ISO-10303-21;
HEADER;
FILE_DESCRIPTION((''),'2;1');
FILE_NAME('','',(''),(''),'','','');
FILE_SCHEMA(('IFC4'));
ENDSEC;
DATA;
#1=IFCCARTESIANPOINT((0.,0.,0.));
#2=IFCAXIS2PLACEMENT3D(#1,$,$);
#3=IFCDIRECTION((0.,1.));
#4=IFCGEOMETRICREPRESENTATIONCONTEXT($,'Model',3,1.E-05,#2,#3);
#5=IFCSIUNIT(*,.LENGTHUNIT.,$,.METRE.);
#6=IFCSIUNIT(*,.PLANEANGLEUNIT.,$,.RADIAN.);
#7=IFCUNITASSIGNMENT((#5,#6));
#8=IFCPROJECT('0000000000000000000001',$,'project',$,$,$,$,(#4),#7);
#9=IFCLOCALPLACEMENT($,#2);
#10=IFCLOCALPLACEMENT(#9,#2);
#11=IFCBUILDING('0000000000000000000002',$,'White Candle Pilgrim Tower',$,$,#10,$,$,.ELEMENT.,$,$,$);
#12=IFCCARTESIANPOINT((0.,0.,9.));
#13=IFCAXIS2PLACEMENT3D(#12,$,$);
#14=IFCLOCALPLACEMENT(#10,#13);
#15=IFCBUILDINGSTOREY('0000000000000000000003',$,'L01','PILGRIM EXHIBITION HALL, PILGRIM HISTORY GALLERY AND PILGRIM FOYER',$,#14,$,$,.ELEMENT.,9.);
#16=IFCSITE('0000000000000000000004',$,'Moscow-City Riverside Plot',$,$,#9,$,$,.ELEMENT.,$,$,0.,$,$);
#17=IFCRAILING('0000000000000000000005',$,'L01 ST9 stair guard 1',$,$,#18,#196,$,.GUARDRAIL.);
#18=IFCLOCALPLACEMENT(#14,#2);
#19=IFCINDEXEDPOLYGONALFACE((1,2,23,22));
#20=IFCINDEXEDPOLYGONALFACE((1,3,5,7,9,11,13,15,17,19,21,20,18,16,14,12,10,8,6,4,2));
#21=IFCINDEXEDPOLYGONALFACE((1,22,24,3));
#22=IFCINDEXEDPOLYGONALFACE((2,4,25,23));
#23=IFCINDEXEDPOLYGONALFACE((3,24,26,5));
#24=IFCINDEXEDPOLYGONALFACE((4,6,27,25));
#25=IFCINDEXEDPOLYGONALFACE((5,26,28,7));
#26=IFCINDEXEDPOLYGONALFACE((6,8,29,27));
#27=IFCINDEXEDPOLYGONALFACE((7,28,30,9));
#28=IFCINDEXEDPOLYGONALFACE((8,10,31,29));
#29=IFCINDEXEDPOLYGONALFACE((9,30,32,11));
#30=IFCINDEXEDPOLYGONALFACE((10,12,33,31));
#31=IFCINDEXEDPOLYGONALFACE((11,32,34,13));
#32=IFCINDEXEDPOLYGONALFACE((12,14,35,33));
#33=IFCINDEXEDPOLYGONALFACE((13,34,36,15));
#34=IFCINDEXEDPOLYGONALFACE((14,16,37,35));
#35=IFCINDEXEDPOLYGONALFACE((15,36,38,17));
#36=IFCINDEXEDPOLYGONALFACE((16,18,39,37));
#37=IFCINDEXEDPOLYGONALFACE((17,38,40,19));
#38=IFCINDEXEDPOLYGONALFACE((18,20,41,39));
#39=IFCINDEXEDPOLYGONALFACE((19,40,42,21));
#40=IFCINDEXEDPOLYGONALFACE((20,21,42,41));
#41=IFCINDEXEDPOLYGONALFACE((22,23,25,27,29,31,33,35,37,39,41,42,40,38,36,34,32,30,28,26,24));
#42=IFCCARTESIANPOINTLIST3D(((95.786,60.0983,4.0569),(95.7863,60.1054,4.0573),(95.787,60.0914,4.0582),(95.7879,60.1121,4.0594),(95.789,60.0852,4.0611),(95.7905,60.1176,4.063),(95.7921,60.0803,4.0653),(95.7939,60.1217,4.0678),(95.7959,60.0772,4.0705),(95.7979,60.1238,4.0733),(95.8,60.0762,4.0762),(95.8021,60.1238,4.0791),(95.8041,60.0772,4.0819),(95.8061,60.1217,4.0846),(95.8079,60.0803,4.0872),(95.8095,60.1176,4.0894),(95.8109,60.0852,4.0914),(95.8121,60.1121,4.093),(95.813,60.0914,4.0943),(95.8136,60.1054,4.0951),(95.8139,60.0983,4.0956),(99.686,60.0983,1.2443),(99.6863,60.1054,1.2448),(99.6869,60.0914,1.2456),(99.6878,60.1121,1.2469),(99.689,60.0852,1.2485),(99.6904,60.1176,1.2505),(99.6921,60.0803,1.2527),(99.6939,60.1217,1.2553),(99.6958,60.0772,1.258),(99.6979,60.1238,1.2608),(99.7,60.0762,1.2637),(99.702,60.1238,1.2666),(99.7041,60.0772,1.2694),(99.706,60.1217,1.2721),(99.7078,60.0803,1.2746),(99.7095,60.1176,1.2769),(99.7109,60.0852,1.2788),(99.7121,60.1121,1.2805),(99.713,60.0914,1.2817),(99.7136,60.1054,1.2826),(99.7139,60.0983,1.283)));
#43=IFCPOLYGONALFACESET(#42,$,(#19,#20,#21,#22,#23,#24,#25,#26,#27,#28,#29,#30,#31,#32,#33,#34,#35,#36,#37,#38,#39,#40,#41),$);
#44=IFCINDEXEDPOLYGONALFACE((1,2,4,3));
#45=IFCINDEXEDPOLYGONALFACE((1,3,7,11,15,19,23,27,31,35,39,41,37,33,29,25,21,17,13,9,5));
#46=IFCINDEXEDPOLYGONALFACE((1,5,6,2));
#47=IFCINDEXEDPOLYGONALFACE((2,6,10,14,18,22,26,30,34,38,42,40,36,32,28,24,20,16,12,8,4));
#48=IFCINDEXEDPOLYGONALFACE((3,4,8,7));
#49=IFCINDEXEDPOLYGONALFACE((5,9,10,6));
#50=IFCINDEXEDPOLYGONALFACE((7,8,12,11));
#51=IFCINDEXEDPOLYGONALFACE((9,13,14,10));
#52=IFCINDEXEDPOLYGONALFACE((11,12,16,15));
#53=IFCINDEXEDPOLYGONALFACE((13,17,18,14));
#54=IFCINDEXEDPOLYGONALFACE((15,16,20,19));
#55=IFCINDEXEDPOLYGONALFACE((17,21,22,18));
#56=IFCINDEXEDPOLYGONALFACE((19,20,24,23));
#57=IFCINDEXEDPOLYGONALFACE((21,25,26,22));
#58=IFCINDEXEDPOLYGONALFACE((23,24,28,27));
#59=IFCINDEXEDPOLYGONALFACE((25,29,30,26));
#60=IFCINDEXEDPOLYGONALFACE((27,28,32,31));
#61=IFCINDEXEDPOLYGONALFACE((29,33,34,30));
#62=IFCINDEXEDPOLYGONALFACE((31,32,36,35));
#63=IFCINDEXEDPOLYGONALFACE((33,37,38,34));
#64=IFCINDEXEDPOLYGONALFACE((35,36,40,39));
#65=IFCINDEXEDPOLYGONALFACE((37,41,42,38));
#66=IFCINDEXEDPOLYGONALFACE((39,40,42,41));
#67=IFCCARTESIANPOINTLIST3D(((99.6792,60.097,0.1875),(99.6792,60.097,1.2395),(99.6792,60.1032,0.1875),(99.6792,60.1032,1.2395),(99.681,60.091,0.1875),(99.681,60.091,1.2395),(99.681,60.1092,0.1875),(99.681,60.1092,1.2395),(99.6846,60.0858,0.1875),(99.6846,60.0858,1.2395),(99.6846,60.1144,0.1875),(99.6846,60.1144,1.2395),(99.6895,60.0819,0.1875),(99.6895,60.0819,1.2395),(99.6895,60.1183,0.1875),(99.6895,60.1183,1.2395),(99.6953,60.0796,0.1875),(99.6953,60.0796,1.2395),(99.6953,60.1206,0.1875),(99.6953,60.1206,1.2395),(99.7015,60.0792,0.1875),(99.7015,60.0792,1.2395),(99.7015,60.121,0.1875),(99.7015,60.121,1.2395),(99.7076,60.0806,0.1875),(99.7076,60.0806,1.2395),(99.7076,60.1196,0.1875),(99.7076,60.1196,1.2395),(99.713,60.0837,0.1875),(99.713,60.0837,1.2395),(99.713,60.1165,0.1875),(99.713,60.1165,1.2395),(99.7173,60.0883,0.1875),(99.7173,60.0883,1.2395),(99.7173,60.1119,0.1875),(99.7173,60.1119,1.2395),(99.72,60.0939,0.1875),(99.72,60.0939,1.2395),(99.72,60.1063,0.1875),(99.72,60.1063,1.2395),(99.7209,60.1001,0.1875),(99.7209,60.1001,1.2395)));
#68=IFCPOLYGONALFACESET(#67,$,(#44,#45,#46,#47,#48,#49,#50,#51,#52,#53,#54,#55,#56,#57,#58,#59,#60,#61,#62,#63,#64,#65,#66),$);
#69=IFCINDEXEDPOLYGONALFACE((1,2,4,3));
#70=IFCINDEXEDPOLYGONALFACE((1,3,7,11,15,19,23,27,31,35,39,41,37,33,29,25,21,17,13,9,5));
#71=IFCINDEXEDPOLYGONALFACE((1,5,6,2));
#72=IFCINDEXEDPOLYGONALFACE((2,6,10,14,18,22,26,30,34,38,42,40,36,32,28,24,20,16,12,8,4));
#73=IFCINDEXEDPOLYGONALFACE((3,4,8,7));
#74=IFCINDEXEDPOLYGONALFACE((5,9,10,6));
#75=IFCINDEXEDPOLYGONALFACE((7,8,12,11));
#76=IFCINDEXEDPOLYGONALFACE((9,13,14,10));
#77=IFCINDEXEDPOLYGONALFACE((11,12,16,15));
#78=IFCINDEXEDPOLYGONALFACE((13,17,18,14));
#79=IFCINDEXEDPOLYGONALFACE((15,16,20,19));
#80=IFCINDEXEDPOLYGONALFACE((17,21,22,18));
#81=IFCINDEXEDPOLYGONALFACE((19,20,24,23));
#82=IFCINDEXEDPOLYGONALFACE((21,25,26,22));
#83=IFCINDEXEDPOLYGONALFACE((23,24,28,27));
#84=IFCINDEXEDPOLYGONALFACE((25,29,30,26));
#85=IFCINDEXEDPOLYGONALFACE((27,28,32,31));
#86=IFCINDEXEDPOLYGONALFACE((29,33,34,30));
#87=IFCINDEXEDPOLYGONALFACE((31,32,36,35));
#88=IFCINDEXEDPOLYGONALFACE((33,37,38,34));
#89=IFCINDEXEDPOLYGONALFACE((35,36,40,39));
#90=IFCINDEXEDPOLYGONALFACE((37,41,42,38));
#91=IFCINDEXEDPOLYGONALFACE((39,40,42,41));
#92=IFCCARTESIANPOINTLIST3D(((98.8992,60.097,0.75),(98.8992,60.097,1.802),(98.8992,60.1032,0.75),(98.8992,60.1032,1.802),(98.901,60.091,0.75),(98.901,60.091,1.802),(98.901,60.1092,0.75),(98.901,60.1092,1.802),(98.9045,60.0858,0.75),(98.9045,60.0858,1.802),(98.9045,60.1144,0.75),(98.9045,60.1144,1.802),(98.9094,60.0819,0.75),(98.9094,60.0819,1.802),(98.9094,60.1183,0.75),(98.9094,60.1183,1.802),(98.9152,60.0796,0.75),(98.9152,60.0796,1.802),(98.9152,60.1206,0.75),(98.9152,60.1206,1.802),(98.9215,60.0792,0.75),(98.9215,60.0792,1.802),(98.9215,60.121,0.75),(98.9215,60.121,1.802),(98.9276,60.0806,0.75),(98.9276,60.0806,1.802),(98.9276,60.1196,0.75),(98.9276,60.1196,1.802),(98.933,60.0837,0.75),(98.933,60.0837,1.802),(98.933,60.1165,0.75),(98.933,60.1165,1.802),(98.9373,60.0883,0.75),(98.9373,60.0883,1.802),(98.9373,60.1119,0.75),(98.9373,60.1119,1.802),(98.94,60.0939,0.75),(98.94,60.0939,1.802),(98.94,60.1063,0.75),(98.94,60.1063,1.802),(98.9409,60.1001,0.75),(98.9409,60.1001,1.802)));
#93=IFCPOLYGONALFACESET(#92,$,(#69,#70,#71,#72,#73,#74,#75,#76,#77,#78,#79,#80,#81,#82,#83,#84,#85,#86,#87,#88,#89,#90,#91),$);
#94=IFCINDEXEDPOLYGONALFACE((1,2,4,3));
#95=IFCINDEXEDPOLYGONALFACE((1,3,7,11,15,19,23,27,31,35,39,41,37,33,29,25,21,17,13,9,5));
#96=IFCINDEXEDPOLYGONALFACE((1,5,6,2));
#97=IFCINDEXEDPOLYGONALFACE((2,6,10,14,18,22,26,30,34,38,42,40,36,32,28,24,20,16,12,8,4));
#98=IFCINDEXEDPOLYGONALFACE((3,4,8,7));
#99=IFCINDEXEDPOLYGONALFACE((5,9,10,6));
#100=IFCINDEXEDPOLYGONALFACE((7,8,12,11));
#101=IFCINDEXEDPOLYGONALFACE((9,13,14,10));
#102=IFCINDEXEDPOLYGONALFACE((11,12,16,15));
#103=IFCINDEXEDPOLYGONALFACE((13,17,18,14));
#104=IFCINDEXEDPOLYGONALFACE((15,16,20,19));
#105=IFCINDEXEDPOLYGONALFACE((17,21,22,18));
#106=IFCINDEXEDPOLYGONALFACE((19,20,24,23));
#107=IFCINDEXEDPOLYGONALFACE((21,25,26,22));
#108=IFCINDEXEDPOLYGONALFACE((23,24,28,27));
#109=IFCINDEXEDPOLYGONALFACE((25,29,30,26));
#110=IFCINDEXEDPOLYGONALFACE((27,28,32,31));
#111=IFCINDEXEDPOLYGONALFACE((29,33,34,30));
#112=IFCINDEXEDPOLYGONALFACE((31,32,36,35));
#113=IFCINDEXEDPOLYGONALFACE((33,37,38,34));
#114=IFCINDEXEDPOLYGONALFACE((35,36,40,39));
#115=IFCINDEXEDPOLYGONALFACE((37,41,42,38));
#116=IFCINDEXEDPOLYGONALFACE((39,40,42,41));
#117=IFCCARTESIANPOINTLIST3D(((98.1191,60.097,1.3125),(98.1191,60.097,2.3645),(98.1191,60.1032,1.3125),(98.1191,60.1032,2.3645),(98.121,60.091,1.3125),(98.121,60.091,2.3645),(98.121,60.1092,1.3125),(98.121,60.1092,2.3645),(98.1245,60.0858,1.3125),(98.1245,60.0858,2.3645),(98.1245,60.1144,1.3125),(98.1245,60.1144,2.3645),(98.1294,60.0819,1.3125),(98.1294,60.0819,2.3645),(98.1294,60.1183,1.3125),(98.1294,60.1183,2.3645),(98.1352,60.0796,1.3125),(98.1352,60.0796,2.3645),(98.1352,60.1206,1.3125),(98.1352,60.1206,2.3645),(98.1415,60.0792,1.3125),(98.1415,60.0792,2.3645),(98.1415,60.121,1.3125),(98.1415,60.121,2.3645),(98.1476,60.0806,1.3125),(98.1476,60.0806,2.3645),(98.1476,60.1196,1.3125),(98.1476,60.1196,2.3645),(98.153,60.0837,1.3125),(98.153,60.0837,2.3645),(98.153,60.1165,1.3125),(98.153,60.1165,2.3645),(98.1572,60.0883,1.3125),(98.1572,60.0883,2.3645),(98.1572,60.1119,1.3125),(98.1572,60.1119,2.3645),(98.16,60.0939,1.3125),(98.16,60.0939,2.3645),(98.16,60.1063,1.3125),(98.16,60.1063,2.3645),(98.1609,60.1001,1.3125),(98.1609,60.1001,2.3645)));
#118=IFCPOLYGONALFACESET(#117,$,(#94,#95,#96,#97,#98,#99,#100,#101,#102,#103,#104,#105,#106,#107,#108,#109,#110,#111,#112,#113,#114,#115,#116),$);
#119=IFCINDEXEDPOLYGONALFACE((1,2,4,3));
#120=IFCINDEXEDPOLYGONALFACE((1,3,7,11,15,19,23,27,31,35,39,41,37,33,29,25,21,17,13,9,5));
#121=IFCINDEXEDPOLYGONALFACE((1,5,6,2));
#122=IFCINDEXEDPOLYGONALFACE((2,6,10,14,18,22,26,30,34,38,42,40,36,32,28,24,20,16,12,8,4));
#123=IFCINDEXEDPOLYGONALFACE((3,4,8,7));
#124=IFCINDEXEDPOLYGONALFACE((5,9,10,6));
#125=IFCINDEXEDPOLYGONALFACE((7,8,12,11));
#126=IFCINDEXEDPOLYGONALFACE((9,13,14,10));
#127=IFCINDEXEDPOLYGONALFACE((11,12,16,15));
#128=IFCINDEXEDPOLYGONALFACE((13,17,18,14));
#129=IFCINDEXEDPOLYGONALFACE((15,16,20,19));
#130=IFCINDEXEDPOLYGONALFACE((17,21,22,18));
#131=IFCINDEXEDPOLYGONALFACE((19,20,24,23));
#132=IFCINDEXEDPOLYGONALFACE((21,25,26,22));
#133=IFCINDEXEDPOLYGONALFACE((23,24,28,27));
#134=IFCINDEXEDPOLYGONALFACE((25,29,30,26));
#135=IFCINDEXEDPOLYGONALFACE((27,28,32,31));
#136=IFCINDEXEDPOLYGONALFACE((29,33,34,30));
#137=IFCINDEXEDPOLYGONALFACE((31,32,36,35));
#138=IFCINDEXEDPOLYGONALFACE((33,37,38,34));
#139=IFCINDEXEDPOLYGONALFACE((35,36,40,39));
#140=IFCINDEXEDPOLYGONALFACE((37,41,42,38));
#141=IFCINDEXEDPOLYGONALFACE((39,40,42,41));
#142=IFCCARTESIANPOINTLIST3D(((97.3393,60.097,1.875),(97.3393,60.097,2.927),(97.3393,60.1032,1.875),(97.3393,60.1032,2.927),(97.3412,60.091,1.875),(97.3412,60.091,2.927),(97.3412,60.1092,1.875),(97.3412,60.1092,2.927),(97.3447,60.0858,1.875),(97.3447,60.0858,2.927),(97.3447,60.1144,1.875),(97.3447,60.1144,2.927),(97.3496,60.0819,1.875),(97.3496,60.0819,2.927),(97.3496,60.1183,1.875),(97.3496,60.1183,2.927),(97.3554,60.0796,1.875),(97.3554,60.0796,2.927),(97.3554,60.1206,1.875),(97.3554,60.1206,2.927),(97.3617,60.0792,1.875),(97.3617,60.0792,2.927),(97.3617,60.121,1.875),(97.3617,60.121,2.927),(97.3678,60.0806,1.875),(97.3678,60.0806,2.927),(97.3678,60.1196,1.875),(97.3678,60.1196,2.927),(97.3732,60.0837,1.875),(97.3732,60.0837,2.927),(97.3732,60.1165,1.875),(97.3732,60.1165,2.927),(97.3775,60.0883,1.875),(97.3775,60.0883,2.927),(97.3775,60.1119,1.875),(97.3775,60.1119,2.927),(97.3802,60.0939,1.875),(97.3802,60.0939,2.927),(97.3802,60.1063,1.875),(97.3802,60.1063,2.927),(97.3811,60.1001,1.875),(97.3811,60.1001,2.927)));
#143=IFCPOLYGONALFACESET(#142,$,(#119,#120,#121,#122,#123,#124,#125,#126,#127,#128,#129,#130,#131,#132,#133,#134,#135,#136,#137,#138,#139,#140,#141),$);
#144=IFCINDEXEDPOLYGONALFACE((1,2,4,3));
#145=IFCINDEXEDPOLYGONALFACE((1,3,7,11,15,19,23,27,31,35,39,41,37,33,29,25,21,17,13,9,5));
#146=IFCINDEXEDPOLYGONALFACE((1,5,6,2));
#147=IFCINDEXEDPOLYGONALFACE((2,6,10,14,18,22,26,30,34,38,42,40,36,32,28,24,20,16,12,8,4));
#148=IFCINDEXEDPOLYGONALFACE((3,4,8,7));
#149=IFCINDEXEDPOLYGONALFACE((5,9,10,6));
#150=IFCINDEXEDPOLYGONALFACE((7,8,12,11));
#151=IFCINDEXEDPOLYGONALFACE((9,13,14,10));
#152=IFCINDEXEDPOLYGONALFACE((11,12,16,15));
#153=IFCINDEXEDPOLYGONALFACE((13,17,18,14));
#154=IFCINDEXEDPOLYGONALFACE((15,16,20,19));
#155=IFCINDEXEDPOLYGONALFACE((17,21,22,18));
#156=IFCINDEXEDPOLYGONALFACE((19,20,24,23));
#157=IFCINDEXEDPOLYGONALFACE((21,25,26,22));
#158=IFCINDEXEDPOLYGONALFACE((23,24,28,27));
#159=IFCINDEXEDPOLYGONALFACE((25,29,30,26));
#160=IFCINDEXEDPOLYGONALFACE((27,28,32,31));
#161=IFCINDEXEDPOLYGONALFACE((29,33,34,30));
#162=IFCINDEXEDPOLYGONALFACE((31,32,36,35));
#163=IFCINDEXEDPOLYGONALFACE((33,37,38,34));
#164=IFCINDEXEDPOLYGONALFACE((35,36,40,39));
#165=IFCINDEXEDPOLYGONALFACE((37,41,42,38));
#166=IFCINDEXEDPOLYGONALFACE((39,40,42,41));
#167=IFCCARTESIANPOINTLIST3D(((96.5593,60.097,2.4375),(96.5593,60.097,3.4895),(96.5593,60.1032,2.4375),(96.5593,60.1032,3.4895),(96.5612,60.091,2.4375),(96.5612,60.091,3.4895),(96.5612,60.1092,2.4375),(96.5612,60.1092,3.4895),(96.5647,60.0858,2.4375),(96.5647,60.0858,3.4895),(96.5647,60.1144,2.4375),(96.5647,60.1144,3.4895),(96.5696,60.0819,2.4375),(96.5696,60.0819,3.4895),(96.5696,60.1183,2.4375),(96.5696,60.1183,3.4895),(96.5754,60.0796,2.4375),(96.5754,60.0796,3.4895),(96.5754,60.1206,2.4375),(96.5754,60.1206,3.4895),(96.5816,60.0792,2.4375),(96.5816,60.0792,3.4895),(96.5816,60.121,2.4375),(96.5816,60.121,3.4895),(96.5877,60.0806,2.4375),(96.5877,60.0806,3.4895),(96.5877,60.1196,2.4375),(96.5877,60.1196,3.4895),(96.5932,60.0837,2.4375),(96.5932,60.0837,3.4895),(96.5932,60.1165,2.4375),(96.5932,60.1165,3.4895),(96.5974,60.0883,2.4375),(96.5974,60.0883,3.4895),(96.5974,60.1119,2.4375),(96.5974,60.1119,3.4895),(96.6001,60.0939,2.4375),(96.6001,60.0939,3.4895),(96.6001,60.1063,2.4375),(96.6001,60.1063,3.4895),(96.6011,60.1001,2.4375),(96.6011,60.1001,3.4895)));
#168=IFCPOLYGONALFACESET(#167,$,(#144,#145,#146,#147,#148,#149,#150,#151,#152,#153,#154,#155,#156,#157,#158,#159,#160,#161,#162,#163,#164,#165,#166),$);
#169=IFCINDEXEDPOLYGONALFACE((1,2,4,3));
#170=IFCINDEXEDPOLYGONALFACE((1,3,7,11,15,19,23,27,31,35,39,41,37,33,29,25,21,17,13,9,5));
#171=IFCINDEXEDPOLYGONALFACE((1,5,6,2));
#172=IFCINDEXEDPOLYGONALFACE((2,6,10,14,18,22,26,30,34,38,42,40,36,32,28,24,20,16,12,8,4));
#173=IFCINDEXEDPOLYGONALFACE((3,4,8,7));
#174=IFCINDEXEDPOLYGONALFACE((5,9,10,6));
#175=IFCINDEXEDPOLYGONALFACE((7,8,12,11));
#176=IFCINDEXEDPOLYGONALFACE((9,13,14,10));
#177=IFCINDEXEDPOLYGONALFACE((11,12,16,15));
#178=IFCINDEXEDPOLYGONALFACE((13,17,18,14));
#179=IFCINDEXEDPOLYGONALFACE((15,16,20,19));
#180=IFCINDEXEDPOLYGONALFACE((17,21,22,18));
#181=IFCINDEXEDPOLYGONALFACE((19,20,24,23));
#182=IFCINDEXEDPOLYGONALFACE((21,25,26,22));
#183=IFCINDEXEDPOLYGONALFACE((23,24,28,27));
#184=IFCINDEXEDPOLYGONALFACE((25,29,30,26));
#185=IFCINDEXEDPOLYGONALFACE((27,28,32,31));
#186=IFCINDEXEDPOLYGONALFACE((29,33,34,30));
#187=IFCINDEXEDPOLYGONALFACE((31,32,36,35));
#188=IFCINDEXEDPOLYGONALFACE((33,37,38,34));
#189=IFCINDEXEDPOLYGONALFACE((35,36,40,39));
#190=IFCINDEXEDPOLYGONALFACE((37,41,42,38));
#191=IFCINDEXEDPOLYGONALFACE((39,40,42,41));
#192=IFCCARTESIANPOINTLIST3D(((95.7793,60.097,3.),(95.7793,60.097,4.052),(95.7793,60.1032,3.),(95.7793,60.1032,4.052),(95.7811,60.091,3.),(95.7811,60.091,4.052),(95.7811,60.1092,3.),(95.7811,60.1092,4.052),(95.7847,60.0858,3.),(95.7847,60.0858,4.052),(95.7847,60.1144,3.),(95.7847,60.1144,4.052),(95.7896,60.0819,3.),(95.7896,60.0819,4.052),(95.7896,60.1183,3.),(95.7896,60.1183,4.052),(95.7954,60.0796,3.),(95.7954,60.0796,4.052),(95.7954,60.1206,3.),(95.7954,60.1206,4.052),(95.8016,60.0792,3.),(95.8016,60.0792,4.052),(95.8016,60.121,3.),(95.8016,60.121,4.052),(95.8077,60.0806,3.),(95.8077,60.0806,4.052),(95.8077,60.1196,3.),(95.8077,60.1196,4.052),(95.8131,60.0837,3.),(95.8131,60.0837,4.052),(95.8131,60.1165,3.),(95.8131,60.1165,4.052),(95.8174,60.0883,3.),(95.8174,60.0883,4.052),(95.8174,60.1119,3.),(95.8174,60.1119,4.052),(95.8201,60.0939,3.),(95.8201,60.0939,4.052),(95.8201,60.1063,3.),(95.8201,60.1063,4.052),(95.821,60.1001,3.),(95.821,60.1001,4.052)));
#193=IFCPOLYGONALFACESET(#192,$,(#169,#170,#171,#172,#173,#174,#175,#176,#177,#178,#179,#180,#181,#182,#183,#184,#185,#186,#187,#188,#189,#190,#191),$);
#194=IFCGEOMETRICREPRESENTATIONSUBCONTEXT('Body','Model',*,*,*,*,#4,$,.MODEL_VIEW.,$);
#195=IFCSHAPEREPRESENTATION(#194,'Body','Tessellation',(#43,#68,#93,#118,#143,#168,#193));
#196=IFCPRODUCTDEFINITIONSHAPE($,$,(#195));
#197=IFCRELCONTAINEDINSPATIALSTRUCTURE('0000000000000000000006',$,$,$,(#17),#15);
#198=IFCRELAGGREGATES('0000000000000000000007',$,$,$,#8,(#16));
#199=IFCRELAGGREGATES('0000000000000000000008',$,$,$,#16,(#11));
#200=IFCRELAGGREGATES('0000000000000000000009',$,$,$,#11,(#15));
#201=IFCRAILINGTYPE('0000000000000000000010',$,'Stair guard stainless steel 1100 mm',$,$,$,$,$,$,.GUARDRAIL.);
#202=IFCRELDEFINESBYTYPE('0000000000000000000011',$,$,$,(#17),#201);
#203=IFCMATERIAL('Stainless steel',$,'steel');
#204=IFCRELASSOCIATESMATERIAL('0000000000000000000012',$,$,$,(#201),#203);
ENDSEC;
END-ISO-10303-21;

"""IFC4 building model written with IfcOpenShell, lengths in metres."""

from ifc_helpers import new_model, si_unit, direction, frame, origin, origin_2d, place, context, subcontext, project, spatial, circle, extrude, material, type_object, element, save


model = new_model("IFC4")

# Units and contexts
model_context = context("Model", 3, precision=1e-05, world=origin(), true_north=direction((0.0, 1.0)))
body_context = subcontext(model_context, "Body", "Model", "MODEL_VIEW")
ifc_project = project(units=[si_unit("LENGTHUNIT", "METRE"), si_unit("PLANEANGLEUNIT", "RADIAN")], contexts=[model_context])

# Site, building, storey
site_placement = place(None, origin())
site = spatial("IfcSite", under=ifc_project, at=site_placement, Name="Moscow-City Riverside Plot", CompositionType="ELEMENT", RefElevation=0.0)
building_placement = place(site_placement, origin())
building = spatial("IfcBuilding", under=site, at=building_placement, Name="White Candle Pilgrim Tower", CompositionType="ELEMENT")
storey_placement = place(building_placement, frame((0.0, 0.0, 9.0)))
storey = spatial("IfcBuildingStorey", under=building, at=storey_placement, Name="L01", Description="PILGRIM EXHIBITION HALL, PILGRIM HISTORY GALLERY AND PILGRIM FOYER", CompositionType="ELEMENT", Elevation=9.0)

# Railing
ifc_material_1 = material(Name="Stainless steel", Category="steel")
railing_type_1 = type_object("IfcRailingType", Name="Stair guard stainless steel 1100 mm", PredefinedType="GUARDRAIL", material=ifc_material_1)
railing_1_placement = place(storey_placement, frame((99.7, 60.1001, 0.1875)))
element("IfcRailing", 1, at=railing_1_placement, inside=storey, type_object=railing_type_1, Name="L01 ST9 stair guard 1", PredefinedType="GUARDRAIL", context=body_context, shape_type="SweptSolid", body=[
    extrude(circle(Radius=0.0239, at=origin_2d()), frame((0.0, 0.0, 1.0762), z_axis=(-0.811083, 0.0, 0.584931), x_axis=(0.0, -1.0, 0.0)), (0.0, 0.0, 1.0), 4.8083),
    extrude(circle(Radius=0.021, at=origin_2d()), origin(), (0.0, 0.0, 1.0), 1.052),
    extrude(circle(Radius=0.021, at=origin_2d()), frame((-0.78, 0.0, 0.5625)), (0.0, 0.0, 1.0), 1.052),
    extrude(circle(Radius=0.021, at=origin_2d()), frame((-1.5601, 0.0, 1.125)), (0.0, 0.0, 1.0), 1.052),
    extrude(circle(Radius=0.021, at=origin_2d()), frame((-2.3398, 0.0, 1.6875)), (0.0, 0.0, 1.0), 1.052),
    extrude(circle(Radius=0.021, at=origin_2d()), frame((-3.1199, 0.0, 2.25)), (0.0, 0.0, 1.0), 1.052),
    extrude(circle(Radius=0.021, at=origin_2d()), frame((-3.8999, 0.0, 2.8125)), (0.0, 0.0, 1.0), 1.052),
])

save(model, "model.ifc")
